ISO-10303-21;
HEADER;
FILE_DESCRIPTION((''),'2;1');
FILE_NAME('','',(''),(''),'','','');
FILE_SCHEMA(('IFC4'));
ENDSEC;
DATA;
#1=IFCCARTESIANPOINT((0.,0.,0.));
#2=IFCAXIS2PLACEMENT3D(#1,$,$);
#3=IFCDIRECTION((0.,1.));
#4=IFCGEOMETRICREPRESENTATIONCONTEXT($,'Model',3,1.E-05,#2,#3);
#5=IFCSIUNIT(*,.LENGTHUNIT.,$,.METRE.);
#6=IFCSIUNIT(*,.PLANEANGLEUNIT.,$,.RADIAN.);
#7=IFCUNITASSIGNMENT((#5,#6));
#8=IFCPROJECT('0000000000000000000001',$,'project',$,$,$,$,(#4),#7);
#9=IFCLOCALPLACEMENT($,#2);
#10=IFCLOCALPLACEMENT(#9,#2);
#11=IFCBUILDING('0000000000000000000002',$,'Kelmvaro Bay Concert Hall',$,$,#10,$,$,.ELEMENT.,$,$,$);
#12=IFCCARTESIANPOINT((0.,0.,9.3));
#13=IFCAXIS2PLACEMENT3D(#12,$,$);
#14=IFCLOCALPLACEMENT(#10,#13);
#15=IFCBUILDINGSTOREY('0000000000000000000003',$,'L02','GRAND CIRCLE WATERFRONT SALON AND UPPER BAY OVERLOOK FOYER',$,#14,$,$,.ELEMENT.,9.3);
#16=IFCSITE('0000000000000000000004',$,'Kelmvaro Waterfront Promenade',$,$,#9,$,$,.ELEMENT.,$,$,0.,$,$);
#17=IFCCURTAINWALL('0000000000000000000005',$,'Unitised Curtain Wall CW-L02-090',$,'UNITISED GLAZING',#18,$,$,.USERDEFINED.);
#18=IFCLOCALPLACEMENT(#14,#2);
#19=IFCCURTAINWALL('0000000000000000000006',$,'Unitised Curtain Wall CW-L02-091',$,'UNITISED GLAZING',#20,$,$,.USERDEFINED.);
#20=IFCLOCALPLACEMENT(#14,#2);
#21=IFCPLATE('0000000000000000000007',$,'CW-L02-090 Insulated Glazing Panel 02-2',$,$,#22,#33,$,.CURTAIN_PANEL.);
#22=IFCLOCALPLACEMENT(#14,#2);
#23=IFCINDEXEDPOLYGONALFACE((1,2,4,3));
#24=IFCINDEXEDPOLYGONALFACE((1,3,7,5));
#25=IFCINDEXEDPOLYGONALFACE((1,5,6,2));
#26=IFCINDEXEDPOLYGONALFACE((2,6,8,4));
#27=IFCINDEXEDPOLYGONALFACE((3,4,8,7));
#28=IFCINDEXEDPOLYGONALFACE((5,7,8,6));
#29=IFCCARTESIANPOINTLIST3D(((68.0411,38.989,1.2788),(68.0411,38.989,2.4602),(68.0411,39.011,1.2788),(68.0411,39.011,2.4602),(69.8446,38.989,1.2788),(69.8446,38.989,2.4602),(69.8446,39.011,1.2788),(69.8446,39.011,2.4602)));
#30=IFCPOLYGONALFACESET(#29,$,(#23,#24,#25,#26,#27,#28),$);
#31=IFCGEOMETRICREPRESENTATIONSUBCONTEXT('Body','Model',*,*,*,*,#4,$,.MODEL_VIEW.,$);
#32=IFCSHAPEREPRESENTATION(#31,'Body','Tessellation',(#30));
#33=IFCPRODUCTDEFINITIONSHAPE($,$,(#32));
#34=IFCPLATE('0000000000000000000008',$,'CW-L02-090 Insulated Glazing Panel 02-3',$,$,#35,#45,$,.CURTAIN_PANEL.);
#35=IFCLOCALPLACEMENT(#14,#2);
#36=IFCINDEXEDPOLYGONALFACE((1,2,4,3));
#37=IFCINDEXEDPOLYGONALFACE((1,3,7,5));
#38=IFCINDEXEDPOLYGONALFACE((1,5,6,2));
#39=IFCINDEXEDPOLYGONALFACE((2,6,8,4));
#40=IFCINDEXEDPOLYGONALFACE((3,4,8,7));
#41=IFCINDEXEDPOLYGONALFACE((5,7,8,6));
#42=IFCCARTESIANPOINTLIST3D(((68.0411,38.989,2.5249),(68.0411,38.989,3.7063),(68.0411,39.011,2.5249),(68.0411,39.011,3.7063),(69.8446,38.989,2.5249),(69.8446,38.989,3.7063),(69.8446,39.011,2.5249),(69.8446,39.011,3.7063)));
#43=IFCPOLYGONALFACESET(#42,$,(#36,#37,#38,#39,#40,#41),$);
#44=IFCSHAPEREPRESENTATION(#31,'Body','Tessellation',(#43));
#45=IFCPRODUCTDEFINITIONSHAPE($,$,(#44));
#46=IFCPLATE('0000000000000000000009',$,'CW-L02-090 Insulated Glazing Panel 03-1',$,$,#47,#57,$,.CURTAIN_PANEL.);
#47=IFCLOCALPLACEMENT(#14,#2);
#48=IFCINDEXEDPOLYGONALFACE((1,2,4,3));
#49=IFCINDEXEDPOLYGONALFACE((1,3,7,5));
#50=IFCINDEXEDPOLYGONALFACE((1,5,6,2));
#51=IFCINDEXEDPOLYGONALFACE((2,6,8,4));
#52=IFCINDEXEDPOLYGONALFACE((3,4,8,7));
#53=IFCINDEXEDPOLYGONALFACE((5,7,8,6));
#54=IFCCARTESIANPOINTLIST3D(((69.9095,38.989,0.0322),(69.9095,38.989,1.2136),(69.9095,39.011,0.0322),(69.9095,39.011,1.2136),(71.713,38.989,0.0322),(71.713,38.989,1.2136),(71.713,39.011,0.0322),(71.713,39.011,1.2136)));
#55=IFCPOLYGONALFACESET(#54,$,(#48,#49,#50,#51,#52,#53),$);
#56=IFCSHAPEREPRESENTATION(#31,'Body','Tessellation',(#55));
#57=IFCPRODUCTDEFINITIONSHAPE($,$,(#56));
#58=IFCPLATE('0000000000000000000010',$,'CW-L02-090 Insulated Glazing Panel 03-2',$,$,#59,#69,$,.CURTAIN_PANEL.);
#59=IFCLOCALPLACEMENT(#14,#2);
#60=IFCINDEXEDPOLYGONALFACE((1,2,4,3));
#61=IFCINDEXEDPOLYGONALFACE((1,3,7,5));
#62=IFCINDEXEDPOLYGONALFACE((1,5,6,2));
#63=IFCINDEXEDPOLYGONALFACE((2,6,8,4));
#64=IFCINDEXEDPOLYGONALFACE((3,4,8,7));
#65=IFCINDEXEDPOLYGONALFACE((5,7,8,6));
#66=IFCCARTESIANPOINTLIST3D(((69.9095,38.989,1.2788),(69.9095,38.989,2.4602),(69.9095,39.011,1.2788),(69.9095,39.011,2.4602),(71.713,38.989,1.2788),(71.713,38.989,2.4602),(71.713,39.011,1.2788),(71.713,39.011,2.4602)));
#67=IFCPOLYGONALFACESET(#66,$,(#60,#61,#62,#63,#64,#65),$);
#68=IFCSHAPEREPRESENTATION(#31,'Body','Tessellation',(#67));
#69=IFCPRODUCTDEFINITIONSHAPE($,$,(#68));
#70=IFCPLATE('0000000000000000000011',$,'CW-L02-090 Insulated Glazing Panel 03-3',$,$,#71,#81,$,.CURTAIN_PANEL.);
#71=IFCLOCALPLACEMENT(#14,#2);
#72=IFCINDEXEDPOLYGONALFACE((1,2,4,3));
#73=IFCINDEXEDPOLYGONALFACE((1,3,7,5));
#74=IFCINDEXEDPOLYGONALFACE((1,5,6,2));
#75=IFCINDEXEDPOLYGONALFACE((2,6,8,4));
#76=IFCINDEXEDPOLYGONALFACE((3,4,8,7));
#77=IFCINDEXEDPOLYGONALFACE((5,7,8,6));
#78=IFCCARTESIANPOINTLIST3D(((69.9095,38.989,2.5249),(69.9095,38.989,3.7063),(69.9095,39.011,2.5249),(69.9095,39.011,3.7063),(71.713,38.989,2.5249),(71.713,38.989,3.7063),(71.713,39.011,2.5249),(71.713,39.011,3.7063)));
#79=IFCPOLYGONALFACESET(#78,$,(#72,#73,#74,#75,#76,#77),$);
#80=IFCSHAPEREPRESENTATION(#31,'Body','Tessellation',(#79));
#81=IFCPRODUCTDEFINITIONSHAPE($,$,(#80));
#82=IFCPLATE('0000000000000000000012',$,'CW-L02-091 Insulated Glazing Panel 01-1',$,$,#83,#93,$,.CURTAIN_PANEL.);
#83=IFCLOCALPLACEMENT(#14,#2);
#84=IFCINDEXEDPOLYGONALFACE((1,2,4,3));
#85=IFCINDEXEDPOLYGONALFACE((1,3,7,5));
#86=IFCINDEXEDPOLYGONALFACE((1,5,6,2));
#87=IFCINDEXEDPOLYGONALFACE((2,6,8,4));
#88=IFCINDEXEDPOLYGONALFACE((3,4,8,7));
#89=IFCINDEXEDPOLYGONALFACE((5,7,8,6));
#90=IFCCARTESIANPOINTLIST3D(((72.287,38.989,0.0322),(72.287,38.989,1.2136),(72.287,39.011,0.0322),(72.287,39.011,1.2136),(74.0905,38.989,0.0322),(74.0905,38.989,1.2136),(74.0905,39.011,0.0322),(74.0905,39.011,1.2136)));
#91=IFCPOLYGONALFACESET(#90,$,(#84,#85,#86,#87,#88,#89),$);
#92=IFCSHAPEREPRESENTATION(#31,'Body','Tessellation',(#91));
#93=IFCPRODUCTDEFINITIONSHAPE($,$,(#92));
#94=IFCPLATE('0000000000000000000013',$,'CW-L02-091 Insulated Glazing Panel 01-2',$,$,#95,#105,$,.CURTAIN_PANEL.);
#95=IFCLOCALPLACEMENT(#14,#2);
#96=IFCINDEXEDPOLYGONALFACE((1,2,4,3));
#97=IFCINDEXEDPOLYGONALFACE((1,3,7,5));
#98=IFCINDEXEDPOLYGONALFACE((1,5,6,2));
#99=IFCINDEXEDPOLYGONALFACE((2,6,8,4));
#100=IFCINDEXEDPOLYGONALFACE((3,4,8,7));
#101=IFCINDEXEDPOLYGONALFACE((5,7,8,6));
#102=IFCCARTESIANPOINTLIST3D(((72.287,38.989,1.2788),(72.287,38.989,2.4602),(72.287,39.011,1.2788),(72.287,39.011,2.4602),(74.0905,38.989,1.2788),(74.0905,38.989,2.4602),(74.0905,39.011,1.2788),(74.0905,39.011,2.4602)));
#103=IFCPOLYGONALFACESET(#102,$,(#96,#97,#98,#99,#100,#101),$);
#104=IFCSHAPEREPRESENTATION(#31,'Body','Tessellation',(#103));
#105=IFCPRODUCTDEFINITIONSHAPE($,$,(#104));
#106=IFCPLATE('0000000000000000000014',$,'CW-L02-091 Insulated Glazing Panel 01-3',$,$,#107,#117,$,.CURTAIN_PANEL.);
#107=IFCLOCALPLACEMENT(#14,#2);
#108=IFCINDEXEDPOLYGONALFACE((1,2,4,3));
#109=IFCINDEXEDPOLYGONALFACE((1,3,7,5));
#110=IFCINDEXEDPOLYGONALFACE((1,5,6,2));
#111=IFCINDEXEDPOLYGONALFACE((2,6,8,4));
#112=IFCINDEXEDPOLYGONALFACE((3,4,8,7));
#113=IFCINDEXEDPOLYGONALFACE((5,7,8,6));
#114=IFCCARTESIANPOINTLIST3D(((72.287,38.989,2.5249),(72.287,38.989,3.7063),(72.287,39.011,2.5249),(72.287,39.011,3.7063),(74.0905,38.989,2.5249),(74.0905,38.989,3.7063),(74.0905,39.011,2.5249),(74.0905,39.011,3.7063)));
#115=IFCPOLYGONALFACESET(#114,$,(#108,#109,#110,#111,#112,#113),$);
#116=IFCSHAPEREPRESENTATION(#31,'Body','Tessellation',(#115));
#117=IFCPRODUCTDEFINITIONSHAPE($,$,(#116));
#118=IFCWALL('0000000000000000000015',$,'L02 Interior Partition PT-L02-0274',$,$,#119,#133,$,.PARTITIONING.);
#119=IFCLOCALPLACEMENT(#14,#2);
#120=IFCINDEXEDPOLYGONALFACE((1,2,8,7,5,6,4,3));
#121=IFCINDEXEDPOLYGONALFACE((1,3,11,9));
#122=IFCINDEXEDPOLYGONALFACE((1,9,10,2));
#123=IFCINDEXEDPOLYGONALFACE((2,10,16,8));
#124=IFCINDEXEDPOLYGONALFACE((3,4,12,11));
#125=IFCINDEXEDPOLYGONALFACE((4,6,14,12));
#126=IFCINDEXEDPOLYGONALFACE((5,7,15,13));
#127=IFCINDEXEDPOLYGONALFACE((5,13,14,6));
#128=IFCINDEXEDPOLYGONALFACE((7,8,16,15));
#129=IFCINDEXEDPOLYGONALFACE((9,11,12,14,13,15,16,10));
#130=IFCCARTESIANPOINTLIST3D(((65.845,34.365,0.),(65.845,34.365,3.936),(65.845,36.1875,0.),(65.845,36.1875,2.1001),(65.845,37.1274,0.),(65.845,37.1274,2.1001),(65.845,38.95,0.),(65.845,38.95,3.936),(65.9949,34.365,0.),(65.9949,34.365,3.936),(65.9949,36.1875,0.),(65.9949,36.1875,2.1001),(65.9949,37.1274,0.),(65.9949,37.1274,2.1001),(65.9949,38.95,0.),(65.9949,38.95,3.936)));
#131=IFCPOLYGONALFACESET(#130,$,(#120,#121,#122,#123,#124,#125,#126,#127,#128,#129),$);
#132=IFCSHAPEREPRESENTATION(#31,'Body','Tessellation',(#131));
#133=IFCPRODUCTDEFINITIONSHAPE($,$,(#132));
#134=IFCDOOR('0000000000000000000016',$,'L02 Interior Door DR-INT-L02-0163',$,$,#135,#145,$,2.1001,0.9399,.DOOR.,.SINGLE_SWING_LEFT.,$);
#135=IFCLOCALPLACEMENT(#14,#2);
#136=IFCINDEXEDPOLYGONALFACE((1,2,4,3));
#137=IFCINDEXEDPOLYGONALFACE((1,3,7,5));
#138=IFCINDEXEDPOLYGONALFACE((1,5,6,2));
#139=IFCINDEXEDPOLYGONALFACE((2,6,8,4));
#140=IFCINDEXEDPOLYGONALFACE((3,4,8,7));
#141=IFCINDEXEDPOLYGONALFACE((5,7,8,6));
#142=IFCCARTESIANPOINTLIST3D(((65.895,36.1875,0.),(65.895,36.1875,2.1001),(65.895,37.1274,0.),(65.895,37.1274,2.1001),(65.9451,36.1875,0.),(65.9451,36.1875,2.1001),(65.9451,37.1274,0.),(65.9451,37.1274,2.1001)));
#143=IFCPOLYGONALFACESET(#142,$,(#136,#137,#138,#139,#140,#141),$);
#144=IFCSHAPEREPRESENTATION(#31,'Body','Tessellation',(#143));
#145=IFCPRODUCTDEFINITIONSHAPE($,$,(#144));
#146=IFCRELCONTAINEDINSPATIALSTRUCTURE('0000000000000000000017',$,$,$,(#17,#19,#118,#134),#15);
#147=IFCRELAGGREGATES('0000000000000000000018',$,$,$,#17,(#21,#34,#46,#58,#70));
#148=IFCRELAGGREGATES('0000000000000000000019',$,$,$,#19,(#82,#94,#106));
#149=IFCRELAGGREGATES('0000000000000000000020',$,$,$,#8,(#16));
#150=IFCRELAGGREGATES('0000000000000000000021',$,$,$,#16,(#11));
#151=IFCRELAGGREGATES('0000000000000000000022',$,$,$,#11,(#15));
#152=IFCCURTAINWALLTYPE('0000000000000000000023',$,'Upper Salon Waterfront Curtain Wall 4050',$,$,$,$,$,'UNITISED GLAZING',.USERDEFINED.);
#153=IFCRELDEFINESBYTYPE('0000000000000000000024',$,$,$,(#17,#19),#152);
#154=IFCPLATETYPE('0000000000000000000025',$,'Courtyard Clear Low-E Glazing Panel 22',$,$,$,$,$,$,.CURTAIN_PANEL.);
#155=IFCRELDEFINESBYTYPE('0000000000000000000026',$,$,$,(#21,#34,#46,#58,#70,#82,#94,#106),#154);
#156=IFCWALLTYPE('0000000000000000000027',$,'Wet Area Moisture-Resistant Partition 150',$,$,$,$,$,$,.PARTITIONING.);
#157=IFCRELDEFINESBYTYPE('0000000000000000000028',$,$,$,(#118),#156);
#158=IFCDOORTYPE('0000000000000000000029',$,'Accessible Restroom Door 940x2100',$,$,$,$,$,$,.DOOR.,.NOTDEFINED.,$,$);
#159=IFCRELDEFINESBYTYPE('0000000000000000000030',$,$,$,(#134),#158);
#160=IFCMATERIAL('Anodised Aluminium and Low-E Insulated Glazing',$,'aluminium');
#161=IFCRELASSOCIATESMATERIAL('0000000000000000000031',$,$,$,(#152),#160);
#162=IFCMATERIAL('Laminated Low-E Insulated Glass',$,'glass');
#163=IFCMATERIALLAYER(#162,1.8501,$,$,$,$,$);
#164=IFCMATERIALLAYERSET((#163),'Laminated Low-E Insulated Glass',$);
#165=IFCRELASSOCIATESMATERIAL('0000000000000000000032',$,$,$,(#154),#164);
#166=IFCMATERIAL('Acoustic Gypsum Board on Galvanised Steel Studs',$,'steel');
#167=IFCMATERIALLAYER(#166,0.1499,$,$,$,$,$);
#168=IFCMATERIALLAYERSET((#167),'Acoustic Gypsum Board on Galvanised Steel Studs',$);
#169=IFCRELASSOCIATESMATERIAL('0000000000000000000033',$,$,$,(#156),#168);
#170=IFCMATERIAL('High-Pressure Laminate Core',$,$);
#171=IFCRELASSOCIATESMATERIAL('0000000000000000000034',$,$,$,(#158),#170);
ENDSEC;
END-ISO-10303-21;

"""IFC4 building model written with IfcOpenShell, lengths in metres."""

from ifc_helpers import new_model, si_unit, direction, frame, frame_2d, origin, origin_2d, place, context, subcontext, project, spatial, rectangle, extrude, material, layer, layer_set, type_object, element, fill, aggregate, save


model = new_model("IFC4")

# Units and contexts
model_context = context("Model", 3, precision=1e-05, world=origin(), true_north=direction((0.0, 1.0)))
body_context = subcontext(model_context, "Body", "Model", "MODEL_VIEW")
ifc_project = project(units=[si_unit("LENGTHUNIT", "METRE"), si_unit("PLANEANGLEUNIT", "RADIAN")], contexts=[model_context])

# Site, building, storey
site_placement = place(None, origin())
site = spatial("IfcSite", under=ifc_project, at=site_placement, Name="Kelmvaro Waterfront Promenade", CompositionType="ELEMENT", RefElevation=0.0)
building_placement = place(site_placement, origin())
building = spatial("IfcBuilding", under=site, at=building_placement, Name="Kelmvaro Bay Concert Hall", CompositionType="ELEMENT")
storey_placement = place(building_placement, frame((0.0, 0.0, 9.3)))
storey = spatial("IfcBuildingStorey", under=building, at=storey_placement, Name="L02", Description="GRAND CIRCLE WATERFRONT SALON AND UPPER BAY OVERLOOK FOYER", CompositionType="ELEMENT", Elevation=9.3)

# Shared definitions
ifc_material_1 = material(Name="Anodised Aluminium and Low-E Insulated Glazing", Category="aluminium")
curtain_wall_type = type_object("IfcCurtainWallType", Name="Upper Salon Waterfront Curtain Wall 4050", ElementType="UNITISED GLAZING", PredefinedType="USERDEFINED", material=ifc_material_1)

# Curtain wall
curtain_wall_1_placement = place(storey_placement, origin())
curtain_wall_1 = element("IfcCurtainWall", 1, at=curtain_wall_1_placement, inside=storey, type_object=curtain_wall_type, Name="Unitised Curtain Wall CW-L02-090", ObjectType="UNITISED GLAZING", PredefinedType="USERDEFINED")

# Curtain wall
curtain_wall_2_placement = place(storey_placement, origin())
curtain_wall_2 = element("IfcCurtainWall", 2, at=curtain_wall_2_placement, inside=storey, type_object=curtain_wall_type, Name="Unitised Curtain Wall CW-L02-091", ObjectType="UNITISED GLAZING", PredefinedType="USERDEFINED")

# Plates
ifc_material_2 = material(Name="Laminated Low-E Insulated Glass", Category="glass")
ifc_layer_1 = layer(ifc_material_2, 1.8501)
ifc_layer_set_1 = layer_set([ifc_layer_1], Name="Laminated Low-E Insulated Glass")
plate_type = type_object("IfcPlateType", Name="Courtyard Clear Low-E Glazing Panel 22", PredefinedType="CURTAIN_PANEL", material=ifc_layer_set_1)
plate_1_placement = place(storey_placement, frame((68.9429, 39.0, 1.2788), z_axis=(0.0, 0.0, 1.0), x_axis=(1.0, 0.0, 0.0)))
plate_1 = element("IfcPlate", 3, at=plate_1_placement, type_object=plate_type, Name="CW-L02-090 Insulated Glazing Panel 02-2", PredefinedType="CURTAIN_PANEL", context=body_context, shape_type="SweptSolid", body=[
    extrude(rectangle(XDim=1.8035, YDim=0.022, at=origin_2d()), origin(), (0.0, 0.0, 1.0), 1.1814),
])
plate_2_placement = place(storey_placement, frame((68.9429, 39.0, 2.5249), z_axis=(0.0, 0.0, 1.0), x_axis=(1.0, 0.0, 0.0)))
plate_2 = element("IfcPlate", 4, at=plate_2_placement, type_object=plate_type, Name="CW-L02-090 Insulated Glazing Panel 02-3", PredefinedType="CURTAIN_PANEL", context=body_context, shape_type="SweptSolid", body=[
    extrude(rectangle(XDim=1.8035, YDim=0.022, at=origin_2d()), origin(), (0.0, 0.0, 1.0), 1.1814),
])
plate_3_placement = place(storey_placement, frame((70.8113, 39.0, 0.0322), z_axis=(0.0, 0.0, 1.0), x_axis=(1.0, 0.0, 0.0)))
plate_3 = element("IfcPlate", 5, at=plate_3_placement, type_object=plate_type, Name="CW-L02-090 Insulated Glazing Panel 03-1", PredefinedType="CURTAIN_PANEL", context=body_context, shape_type="SweptSolid", body=[
    extrude(rectangle(XDim=1.8035, YDim=0.022, at=origin_2d()), origin(), (0.0, 0.0, 1.0), 1.1814),
])
plate_4_placement = place(storey_placement, frame((70.8113, 39.0, 1.2788), z_axis=(0.0, 0.0, 1.0), x_axis=(1.0, 0.0, 0.0)))
plate_4 = element("IfcPlate", 6, at=plate_4_placement, type_object=plate_type, Name="CW-L02-090 Insulated Glazing Panel 03-2", PredefinedType="CURTAIN_PANEL", context=body_context, shape_type="SweptSolid", body=[
    extrude(rectangle(XDim=1.8035, YDim=0.022, at=origin_2d()), origin(), (0.0, 0.0, 1.0), 1.1814),
])
plate_5_placement = place(storey_placement, frame((70.8113, 39.0, 2.5249), z_axis=(0.0, 0.0, 1.0), x_axis=(1.0, 0.0, 0.0)))
plate_5 = element("IfcPlate", 7, at=plate_5_placement, type_object=plate_type, Name="CW-L02-090 Insulated Glazing Panel 03-3", PredefinedType="CURTAIN_PANEL", context=body_context, shape_type="SweptSolid", body=[
    extrude(rectangle(XDim=1.8035, YDim=0.022, at=origin_2d()), origin(), (0.0, 0.0, 1.0), 1.1814),
])
aggregate(curtain_wall_1, [plate_1, plate_2, plate_3, plate_4, plate_5])
plate_6_placement = place(storey_placement, frame((73.1887, 39.0, 0.0322), z_axis=(0.0, 0.0, 1.0), x_axis=(1.0, 0.0, 0.0)))
plate_6 = element("IfcPlate", 8, at=plate_6_placement, type_object=plate_type, Name="CW-L02-091 Insulated Glazing Panel 01-1", PredefinedType="CURTAIN_PANEL", context=body_context, shape_type="SweptSolid", body=[
    extrude(rectangle(XDim=1.8035, YDim=0.022, at=origin_2d()), origin(), (0.0, 0.0, 1.0), 1.1814),
])
plate_7_placement = place(storey_placement, frame((73.1887, 39.0, 1.2788), z_axis=(0.0, 0.0, 1.0), x_axis=(1.0, 0.0, 0.0)))
plate_7 = element("IfcPlate", 9, at=plate_7_placement, type_object=plate_type, Name="CW-L02-091 Insulated Glazing Panel 01-2", PredefinedType="CURTAIN_PANEL", context=body_context, shape_type="SweptSolid", body=[
    extrude(rectangle(XDim=1.8035, YDim=0.022, at=origin_2d()), origin(), (0.0, 0.0, 1.0), 1.1814),
])
plate_8_placement = place(storey_placement, frame((73.1887, 39.0, 2.5249), z_axis=(0.0, 0.0, 1.0), x_axis=(1.0, 0.0, 0.0)))
plate_8 = element("IfcPlate", 10, at=plate_8_placement, type_object=plate_type, Name="CW-L02-091 Insulated Glazing Panel 01-3", PredefinedType="CURTAIN_PANEL", context=body_context, shape_type="SweptSolid", body=[
    extrude(rectangle(XDim=1.8035, YDim=0.022, at=origin_2d()), origin(), (0.0, 0.0, 1.0), 1.1814),
])
aggregate(curtain_wall_2, [plate_6, plate_7, plate_8])

# Wall, opening, door
ifc_material_3 = material(Name="Acoustic Gypsum Board on Galvanised Steel Studs", Category="steel")
ifc_layer_2 = layer(ifc_material_3, 0.1499)
ifc_layer_set_2 = layer_set([ifc_layer_2], Name="Acoustic Gypsum Board on Galvanised Steel Studs")
wall_type = type_object("IfcWallType", Name="Wet Area Moisture-Resistant Partition 150", PredefinedType="PARTITIONING", material=ifc_layer_set_2)
wall_placement = place(storey_placement, frame((65.9199, 34.365, 0.0), z_axis=(0.0, 0.0, 1.0), x_axis=(0.0, 1.0, 0.0)))
wall = element("IfcWall", 11, at=wall_placement, inside=storey, type_object=wall_type, Name="L02 Interior Partition PT-L02-0274", PredefinedType="PARTITIONING", context=body_context, shape_type="SweptSolid", body=[
    extrude(rectangle(XDim=4.585, YDim=0.1499, at=frame_2d((2.2925, 0.0))), origin(), (0.0, 0.0, 1.0), 3.936),
])
opening_placement = place(wall_placement, frame((1.8225, 0.0, 0.0)))
opening = element("IfcOpeningElement", 12, at=opening_placement, cuts=wall, PredefinedType="OPENING", context=body_context, shape_type="SweptSolid", body=[
    extrude(rectangle(XDim=0.9399, YDim=2.1001, at=frame_2d((0.47, 1.05))), frame((0.0, 0.085, 0.0), z_axis=(0.0, -1.0, 0.0), x_axis=(1.0, 0.0, 0.0)), (0.0, 0.0, 1.0), 0.1699),
])
ifc_material_4 = material(Name="High-Pressure Laminate Core")
door_type = type_object("IfcDoorType", Name="Accessible Restroom Door 940x2100", OperationType="NOTDEFINED", PredefinedType="DOOR", material=ifc_material_4)
door_placement = place(opening_placement, origin())
door = element("IfcDoor", 13, at=door_placement, inside=storey, type_object=door_type, Name="L02 Interior Door DR-INT-L02-0163", OperationType="SINGLE_SWING_LEFT", OverallHeight=2.1001, OverallWidth=0.9399, PredefinedType="DOOR", context=body_context, shape_type="SweptSolid", body=[
    extrude(rectangle(XDim=0.9399, YDim=2.1001, at=frame_2d((0.47, 1.05))), frame((0.0, 0.0249, 0.0), z_axis=(0.0, -1.0, 0.0), x_axis=(1.0, 0.0, 0.0)), (0.0, 0.0, 1.0), 0.05),
])
fill(opening, door)

save(model, "model.ifc")
